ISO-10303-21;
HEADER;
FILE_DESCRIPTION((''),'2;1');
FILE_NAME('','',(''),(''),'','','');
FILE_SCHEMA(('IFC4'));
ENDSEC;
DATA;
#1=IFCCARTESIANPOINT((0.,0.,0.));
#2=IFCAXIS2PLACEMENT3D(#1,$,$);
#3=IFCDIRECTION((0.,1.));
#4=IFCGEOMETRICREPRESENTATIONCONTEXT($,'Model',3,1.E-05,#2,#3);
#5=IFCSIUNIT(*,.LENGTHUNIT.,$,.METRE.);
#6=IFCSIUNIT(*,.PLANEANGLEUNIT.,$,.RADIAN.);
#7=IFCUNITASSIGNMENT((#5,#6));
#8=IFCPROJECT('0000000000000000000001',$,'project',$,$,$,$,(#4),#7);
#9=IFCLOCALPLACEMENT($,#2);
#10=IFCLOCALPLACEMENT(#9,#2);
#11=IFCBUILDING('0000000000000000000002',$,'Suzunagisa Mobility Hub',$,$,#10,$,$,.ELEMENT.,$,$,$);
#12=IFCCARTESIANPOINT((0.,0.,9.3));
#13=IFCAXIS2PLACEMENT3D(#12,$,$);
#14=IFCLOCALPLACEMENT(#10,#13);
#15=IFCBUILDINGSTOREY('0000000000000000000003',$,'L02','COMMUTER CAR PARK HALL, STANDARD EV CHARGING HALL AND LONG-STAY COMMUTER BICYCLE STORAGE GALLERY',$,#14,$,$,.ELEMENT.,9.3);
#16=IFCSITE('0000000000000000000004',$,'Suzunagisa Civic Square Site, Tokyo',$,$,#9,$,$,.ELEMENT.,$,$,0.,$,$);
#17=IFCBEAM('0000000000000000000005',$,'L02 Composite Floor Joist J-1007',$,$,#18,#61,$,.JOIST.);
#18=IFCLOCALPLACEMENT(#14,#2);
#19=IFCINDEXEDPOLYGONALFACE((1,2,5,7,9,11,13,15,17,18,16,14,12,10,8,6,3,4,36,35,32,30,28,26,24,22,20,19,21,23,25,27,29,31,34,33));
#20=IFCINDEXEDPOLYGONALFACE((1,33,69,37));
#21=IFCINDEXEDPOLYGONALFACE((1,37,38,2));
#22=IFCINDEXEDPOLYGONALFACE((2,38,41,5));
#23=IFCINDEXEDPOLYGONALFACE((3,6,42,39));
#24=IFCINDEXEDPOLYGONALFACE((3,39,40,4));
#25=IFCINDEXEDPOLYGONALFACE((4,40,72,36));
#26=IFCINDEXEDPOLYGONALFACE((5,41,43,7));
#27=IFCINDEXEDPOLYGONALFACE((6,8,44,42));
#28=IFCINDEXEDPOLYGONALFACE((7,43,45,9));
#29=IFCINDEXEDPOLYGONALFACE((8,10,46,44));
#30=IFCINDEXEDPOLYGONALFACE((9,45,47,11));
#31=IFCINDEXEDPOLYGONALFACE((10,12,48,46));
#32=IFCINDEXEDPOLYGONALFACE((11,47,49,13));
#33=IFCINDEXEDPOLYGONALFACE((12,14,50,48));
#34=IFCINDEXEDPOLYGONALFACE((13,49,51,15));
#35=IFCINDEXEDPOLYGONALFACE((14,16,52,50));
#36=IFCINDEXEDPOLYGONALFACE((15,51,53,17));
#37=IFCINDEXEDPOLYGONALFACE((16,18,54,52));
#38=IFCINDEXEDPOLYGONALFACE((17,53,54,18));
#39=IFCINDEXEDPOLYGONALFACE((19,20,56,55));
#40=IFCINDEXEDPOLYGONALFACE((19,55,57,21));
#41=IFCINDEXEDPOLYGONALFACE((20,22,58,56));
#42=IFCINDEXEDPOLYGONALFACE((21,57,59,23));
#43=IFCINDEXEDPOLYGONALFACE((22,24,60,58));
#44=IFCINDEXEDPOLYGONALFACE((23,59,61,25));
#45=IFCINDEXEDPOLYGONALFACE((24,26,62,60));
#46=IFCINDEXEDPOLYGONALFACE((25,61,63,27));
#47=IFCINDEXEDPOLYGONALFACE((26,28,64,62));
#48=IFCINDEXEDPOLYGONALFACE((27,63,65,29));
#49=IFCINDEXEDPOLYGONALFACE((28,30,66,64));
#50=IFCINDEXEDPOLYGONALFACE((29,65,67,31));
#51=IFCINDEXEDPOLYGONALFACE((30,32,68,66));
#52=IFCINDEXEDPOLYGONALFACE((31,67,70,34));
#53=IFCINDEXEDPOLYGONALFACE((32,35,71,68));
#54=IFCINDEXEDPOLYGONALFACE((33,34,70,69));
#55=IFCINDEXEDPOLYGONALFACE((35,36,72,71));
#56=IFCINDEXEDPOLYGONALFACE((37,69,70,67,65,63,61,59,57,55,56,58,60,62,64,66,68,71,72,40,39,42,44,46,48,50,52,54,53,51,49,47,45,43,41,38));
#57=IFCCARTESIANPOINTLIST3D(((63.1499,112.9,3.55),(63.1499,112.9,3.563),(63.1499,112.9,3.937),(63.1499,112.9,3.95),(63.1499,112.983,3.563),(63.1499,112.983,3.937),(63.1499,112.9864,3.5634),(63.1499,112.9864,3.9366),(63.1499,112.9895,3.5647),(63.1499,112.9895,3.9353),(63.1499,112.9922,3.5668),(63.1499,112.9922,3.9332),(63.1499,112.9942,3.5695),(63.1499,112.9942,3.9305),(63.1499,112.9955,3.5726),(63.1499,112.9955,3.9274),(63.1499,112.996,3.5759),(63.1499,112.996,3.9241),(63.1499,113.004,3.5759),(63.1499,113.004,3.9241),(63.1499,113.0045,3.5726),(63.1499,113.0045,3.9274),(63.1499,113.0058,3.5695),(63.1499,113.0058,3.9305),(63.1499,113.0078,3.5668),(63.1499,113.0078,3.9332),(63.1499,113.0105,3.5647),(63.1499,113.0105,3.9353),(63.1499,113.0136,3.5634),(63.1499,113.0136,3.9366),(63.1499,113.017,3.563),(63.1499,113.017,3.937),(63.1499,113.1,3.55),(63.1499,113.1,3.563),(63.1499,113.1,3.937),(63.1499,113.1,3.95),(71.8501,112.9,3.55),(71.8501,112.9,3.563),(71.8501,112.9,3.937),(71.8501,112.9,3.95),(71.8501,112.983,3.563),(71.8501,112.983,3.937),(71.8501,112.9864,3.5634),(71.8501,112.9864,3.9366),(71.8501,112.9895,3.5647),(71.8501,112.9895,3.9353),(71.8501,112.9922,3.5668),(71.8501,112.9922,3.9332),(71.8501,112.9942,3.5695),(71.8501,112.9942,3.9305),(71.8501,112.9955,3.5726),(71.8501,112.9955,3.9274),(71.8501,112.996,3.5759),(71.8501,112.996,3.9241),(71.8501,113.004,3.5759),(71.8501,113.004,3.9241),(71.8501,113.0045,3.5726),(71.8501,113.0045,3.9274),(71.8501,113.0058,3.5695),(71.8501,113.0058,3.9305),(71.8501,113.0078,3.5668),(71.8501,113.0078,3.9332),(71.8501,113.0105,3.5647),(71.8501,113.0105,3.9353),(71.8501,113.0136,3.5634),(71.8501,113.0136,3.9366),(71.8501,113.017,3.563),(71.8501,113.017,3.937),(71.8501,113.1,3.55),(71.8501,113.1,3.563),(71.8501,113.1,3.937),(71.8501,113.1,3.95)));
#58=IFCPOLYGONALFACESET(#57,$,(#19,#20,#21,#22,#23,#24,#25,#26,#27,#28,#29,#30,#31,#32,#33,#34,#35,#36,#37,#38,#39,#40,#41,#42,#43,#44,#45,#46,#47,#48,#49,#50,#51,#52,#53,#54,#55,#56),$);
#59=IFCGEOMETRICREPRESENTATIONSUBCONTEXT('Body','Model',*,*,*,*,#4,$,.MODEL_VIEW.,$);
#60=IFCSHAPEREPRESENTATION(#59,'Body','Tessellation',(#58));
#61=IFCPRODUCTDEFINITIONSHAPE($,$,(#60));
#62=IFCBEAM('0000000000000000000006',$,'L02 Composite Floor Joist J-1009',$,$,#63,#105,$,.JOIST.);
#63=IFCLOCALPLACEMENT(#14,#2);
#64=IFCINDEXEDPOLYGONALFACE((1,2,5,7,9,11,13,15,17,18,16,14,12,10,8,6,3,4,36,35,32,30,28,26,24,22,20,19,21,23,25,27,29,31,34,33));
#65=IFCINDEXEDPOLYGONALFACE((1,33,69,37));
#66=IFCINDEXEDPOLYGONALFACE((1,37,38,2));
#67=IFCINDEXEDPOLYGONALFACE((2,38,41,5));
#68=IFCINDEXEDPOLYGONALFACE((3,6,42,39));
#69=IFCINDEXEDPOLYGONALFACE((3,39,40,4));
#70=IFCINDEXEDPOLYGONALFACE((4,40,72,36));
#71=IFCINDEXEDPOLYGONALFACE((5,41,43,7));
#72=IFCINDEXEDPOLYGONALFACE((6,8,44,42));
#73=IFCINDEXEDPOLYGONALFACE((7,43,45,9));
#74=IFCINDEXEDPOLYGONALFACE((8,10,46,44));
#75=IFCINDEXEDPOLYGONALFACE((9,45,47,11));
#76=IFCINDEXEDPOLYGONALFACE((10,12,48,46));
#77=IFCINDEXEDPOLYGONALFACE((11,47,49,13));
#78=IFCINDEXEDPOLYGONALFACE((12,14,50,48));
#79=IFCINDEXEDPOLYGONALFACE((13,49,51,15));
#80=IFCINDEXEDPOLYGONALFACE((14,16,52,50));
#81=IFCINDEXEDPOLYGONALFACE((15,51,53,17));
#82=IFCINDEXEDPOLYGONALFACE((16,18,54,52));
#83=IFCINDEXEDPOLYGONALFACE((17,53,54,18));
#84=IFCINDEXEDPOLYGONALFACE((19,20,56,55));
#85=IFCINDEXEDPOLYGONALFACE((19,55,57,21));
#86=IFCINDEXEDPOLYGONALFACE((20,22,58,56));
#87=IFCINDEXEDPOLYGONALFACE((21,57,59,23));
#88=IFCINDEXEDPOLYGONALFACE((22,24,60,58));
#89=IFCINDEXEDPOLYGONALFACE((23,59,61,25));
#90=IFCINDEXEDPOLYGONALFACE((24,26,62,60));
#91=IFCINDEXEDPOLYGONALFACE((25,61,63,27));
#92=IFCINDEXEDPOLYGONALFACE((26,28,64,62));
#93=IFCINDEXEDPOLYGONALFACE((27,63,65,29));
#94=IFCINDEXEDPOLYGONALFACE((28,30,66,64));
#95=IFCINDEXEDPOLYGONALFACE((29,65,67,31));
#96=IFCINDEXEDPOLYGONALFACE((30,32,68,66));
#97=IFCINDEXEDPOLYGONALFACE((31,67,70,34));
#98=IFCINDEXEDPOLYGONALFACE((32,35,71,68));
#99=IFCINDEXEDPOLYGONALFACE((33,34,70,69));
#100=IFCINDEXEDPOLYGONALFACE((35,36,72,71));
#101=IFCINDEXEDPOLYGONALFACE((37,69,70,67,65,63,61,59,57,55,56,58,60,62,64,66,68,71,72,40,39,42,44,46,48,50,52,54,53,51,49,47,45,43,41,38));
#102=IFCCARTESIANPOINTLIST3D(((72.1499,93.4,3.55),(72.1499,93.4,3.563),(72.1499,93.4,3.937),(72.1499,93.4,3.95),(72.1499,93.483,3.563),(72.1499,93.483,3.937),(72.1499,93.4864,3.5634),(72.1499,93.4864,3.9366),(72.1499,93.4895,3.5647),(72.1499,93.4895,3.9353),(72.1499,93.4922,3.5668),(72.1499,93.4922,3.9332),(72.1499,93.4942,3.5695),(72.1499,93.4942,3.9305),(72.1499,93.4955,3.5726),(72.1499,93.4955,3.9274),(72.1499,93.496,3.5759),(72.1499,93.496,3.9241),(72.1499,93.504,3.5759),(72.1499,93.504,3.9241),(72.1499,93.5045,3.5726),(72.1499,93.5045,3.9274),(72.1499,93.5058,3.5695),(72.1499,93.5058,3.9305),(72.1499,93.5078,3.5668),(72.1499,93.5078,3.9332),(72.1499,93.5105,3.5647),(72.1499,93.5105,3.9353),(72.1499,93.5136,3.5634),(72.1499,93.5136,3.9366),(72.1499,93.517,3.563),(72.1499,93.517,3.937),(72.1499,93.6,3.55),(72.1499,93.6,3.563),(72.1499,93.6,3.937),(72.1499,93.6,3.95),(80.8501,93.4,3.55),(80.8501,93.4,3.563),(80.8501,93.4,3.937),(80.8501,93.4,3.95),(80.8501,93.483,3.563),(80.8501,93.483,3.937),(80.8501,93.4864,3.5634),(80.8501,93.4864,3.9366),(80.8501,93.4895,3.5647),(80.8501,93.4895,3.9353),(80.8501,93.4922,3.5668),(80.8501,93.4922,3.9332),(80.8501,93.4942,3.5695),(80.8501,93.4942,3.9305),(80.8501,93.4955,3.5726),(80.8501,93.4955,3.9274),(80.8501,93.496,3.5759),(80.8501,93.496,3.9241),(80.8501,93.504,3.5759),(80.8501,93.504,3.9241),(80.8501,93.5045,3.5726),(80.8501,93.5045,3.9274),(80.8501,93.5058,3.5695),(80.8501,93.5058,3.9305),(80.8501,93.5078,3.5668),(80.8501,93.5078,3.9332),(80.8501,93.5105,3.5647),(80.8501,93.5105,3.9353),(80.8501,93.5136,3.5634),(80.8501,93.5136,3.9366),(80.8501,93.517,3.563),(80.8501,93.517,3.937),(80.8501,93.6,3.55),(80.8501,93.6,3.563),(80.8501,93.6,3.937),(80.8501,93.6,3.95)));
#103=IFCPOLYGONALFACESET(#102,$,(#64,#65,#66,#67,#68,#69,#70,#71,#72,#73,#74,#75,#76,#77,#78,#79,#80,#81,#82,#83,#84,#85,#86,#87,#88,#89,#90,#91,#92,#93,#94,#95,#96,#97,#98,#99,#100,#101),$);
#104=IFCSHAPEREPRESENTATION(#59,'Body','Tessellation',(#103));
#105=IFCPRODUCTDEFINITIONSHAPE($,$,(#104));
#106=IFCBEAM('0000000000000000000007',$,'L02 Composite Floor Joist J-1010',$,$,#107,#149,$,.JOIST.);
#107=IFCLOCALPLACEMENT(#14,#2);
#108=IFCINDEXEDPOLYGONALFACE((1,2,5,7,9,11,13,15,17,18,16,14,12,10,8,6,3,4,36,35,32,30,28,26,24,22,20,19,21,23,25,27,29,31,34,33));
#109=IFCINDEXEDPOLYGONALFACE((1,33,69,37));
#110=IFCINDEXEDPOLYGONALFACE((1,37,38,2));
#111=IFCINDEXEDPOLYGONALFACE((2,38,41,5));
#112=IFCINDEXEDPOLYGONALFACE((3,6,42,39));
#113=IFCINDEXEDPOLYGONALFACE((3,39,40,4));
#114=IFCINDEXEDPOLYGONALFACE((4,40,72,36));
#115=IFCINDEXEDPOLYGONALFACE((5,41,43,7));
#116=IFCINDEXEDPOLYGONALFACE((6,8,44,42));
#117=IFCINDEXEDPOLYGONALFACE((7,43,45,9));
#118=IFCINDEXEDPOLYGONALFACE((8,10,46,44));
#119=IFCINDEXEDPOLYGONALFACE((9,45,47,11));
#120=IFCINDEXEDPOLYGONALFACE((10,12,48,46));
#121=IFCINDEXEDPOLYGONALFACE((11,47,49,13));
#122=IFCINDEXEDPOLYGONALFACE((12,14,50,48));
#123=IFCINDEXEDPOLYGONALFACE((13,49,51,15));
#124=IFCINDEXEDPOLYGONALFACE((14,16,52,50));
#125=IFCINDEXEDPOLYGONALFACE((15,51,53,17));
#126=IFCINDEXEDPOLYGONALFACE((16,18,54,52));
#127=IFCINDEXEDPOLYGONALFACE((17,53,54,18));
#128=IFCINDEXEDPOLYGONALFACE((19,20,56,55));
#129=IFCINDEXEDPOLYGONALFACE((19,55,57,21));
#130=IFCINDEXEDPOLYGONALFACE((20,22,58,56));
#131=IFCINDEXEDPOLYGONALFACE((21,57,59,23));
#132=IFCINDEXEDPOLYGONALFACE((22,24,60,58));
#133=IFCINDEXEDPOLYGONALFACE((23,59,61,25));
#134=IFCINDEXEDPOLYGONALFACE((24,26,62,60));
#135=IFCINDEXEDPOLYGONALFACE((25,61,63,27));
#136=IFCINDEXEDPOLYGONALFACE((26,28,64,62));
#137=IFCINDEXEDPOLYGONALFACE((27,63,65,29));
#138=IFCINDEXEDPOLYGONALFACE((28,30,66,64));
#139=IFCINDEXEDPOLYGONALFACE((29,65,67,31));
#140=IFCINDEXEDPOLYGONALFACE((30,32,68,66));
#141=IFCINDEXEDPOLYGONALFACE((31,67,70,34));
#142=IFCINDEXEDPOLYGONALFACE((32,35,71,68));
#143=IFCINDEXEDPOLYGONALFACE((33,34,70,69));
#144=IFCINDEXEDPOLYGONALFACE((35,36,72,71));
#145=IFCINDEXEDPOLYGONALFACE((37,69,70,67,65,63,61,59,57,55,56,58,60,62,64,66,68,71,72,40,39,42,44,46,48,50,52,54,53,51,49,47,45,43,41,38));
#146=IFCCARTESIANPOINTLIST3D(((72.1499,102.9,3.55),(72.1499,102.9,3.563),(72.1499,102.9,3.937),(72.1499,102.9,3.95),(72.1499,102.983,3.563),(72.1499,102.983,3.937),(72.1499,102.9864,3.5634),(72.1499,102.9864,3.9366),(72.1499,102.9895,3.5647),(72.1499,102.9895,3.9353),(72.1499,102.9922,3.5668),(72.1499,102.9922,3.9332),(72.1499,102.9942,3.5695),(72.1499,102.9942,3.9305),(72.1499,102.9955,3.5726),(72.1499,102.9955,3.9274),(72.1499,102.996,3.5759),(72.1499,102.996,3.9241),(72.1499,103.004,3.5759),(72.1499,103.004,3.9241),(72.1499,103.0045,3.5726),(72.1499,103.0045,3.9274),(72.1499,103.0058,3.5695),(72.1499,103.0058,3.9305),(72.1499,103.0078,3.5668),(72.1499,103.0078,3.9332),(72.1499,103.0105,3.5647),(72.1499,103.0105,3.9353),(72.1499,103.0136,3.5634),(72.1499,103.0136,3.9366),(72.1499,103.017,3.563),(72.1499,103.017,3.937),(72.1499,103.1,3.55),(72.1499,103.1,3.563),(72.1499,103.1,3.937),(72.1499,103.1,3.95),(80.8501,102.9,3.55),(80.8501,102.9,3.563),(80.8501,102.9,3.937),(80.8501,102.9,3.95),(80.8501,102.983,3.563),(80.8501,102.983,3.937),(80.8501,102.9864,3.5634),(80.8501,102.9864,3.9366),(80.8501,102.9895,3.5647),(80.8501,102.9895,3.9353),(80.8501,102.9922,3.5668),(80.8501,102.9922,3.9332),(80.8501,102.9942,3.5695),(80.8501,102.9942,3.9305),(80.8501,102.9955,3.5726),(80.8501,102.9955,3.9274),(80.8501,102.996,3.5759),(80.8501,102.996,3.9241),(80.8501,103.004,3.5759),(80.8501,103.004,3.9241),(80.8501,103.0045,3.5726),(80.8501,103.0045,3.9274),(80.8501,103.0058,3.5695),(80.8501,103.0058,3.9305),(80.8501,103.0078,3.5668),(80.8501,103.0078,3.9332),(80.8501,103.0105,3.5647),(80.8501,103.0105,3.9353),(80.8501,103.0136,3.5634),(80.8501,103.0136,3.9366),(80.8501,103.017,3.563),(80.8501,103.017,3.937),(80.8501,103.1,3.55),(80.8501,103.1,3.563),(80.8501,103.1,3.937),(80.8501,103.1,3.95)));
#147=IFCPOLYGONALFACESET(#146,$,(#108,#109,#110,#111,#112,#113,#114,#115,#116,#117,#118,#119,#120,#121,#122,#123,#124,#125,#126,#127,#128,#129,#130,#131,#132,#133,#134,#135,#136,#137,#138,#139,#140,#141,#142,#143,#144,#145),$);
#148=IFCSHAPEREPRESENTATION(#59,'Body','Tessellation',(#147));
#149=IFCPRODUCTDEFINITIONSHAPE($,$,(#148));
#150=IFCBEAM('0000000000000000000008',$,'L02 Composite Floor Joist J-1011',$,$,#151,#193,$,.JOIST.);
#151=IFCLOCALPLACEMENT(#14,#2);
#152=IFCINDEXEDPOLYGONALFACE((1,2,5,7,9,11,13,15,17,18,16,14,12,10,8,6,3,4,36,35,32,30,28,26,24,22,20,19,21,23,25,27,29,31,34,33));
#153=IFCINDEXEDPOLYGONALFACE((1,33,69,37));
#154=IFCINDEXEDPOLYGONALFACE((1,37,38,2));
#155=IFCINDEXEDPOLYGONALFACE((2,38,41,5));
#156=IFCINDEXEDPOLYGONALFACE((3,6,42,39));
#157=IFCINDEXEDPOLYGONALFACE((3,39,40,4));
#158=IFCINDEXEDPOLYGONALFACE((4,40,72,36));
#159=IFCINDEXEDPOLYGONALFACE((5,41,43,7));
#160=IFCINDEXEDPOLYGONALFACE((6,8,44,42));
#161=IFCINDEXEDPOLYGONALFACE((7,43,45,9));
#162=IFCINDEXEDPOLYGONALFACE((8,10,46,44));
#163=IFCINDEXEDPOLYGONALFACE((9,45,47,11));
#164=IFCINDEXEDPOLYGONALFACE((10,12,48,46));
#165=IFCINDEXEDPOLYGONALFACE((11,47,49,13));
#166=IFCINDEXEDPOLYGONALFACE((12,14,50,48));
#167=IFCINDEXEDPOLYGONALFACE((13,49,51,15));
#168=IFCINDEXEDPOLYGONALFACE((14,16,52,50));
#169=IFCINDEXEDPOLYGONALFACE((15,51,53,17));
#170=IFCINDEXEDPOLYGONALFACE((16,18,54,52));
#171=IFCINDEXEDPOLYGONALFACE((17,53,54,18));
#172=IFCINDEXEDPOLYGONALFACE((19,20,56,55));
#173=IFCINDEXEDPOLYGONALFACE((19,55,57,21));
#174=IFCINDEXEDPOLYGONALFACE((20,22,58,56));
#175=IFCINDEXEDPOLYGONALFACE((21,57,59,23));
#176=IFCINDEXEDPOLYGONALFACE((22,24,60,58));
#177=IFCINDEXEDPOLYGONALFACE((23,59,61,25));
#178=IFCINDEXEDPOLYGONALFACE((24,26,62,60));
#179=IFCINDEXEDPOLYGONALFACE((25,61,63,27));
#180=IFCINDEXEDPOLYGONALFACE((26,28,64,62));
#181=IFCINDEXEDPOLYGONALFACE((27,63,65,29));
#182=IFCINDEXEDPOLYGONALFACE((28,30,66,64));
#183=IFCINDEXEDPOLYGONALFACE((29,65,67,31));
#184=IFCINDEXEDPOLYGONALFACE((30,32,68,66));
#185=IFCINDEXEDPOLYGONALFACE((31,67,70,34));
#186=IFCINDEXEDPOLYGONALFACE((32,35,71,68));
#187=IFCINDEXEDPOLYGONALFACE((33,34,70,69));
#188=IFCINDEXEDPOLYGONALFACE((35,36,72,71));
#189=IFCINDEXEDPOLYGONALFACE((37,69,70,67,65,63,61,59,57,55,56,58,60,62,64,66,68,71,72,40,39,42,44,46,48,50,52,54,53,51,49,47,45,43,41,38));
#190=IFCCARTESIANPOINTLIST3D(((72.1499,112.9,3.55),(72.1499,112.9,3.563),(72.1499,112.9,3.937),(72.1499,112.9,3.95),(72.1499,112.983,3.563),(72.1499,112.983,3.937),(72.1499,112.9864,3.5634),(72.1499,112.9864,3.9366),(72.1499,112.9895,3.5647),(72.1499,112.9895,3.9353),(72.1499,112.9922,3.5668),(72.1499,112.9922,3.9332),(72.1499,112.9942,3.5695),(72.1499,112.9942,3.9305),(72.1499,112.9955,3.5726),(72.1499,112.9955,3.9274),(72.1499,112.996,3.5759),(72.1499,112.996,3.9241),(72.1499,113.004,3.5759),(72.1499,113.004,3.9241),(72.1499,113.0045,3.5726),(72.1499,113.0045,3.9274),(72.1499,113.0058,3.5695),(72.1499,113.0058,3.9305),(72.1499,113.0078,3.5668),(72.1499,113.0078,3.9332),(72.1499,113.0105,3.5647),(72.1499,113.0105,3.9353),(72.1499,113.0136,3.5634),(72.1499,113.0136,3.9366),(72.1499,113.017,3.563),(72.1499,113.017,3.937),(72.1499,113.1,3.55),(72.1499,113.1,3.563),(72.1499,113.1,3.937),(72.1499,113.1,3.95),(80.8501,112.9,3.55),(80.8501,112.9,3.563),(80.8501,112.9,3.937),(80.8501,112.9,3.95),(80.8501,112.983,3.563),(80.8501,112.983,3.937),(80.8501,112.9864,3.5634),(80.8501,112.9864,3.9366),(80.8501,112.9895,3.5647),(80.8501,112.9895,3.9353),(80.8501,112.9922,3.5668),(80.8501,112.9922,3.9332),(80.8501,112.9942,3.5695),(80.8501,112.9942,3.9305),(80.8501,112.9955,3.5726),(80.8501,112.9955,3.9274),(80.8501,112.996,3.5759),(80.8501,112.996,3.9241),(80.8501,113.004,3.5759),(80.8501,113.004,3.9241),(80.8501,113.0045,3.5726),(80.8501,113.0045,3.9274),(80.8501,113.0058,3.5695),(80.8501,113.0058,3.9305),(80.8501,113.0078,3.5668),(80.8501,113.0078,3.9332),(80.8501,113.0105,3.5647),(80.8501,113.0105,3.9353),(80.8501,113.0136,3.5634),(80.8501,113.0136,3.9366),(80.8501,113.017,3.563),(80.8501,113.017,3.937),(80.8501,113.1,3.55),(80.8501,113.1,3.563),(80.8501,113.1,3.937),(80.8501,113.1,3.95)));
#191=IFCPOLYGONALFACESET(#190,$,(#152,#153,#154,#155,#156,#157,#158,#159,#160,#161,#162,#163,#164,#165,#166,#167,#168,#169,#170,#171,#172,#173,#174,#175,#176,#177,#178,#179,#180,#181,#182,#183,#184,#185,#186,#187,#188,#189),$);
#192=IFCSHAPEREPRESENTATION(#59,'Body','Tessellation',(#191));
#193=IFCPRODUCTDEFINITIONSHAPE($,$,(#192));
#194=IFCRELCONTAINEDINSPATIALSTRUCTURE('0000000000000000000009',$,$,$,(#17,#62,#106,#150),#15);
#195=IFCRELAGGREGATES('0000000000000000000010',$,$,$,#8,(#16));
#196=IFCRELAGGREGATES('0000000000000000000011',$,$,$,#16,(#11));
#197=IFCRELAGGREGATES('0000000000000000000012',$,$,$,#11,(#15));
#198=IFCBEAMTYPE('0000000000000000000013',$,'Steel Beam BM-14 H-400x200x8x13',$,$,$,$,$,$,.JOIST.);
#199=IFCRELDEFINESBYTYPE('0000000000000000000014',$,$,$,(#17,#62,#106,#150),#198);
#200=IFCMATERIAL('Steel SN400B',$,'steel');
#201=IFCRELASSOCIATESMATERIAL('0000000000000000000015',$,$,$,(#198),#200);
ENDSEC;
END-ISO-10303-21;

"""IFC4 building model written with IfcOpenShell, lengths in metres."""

from ifc_helpers import new_model, si_unit, direction, frame, origin, origin_2d, place, context, subcontext, project, spatial, i_section, extrude, material, material_profile, profile_set, type_object, element, save


model = new_model("IFC4")

# Units and contexts
model_context = context("Model", 3, precision=1e-05, world=origin(), true_north=direction((0.0, 1.0)))
body_context = subcontext(model_context, "Body", "Model", "MODEL_VIEW")
ifc_project = project(units=[si_unit("LENGTHUNIT", "METRE"), si_unit("PLANEANGLEUNIT", "RADIAN")], contexts=[model_context])

# Site, building, storey
site_placement = place(None, origin())
site = spatial("IfcSite", under=ifc_project, at=site_placement, Name="Suzunagisa Civic Square Site, Tokyo", CompositionType="ELEMENT", RefElevation=0.0)
building_placement = place(site_placement, origin())
building = spatial("IfcBuilding", under=site, at=building_placement, Name="Suzunagisa Mobility Hub", CompositionType="ELEMENT")
storey_placement = place(building_placement, frame((0.0, 0.0, 9.3)))
storey = spatial("IfcBuildingStorey", under=building, at=storey_placement, Name="L02", Description="COMMUTER CAR PARK HALL, STANDARD EV CHARGING HALL AND LONG-STAY COMMUTER BICYCLE STORAGE GALLERY", CompositionType="ELEMENT", Elevation=9.3)

# Beams
ifc_material_1 = material(Name="Steel SN400B", Category="steel")
ifc_material_profile_1 = material_profile(ifc_material_1, i_section(OverallWidth=0.2, OverallDepth=0.3999, WebThickness=0.0081, FlangeThickness=0.0129, FilletRadius=0.0129, at=origin_2d()), Name="H-400x200x8x13")
ifc_profile_set_1 = profile_set([ifc_material_profile_1], Name="Steel SN400B")
beam_type_1 = type_object("IfcBeamType", Name="Steel Beam BM-14 H-400x200x8x13", PredefinedType="JOIST", material=ifc_profile_set_1)
for number, where, z_axis, x_axis, name in (
    (1, (63.1499, 113.0, 3.75), (1.0, 0.0, 0.0), (0.0, 1.0, 0.0), "L02 Composite Floor Joist J-1007"),
    (2, (72.1499, 93.5, 3.75), (1.0, 0.0, 0.0), (0.0, 1.0, 0.0), "L02 Composite Floor Joist J-1009"),
    (3, (72.1499, 103.0, 3.75), (1.0, 0.0, 0.0), (0.0, 1.0, 0.0), "L02 Composite Floor Joist J-1010"),
    (4, (72.1499, 113.0, 3.75), (1.0, 0.0, 0.0), (0.0, 1.0, 0.0), "L02 Composite Floor Joist J-1011"),
):
    element("IfcBeam", number, at=place(storey_placement, frame(where, z_axis=z_axis, x_axis=x_axis)), inside=storey, type_object=beam_type_1, Name=name, PredefinedType="JOIST", context=body_context, shape_type="SweptSolid", body=[
        extrude(i_section(OverallWidth=0.2, OverallDepth=0.3999, WebThickness=0.0081, FlangeThickness=0.0129, FilletRadius=0.0129, at=origin_2d()), origin(), (0.0, 0.0, 1.0), 8.7002),
    ])

save(model, "model.ifc")
